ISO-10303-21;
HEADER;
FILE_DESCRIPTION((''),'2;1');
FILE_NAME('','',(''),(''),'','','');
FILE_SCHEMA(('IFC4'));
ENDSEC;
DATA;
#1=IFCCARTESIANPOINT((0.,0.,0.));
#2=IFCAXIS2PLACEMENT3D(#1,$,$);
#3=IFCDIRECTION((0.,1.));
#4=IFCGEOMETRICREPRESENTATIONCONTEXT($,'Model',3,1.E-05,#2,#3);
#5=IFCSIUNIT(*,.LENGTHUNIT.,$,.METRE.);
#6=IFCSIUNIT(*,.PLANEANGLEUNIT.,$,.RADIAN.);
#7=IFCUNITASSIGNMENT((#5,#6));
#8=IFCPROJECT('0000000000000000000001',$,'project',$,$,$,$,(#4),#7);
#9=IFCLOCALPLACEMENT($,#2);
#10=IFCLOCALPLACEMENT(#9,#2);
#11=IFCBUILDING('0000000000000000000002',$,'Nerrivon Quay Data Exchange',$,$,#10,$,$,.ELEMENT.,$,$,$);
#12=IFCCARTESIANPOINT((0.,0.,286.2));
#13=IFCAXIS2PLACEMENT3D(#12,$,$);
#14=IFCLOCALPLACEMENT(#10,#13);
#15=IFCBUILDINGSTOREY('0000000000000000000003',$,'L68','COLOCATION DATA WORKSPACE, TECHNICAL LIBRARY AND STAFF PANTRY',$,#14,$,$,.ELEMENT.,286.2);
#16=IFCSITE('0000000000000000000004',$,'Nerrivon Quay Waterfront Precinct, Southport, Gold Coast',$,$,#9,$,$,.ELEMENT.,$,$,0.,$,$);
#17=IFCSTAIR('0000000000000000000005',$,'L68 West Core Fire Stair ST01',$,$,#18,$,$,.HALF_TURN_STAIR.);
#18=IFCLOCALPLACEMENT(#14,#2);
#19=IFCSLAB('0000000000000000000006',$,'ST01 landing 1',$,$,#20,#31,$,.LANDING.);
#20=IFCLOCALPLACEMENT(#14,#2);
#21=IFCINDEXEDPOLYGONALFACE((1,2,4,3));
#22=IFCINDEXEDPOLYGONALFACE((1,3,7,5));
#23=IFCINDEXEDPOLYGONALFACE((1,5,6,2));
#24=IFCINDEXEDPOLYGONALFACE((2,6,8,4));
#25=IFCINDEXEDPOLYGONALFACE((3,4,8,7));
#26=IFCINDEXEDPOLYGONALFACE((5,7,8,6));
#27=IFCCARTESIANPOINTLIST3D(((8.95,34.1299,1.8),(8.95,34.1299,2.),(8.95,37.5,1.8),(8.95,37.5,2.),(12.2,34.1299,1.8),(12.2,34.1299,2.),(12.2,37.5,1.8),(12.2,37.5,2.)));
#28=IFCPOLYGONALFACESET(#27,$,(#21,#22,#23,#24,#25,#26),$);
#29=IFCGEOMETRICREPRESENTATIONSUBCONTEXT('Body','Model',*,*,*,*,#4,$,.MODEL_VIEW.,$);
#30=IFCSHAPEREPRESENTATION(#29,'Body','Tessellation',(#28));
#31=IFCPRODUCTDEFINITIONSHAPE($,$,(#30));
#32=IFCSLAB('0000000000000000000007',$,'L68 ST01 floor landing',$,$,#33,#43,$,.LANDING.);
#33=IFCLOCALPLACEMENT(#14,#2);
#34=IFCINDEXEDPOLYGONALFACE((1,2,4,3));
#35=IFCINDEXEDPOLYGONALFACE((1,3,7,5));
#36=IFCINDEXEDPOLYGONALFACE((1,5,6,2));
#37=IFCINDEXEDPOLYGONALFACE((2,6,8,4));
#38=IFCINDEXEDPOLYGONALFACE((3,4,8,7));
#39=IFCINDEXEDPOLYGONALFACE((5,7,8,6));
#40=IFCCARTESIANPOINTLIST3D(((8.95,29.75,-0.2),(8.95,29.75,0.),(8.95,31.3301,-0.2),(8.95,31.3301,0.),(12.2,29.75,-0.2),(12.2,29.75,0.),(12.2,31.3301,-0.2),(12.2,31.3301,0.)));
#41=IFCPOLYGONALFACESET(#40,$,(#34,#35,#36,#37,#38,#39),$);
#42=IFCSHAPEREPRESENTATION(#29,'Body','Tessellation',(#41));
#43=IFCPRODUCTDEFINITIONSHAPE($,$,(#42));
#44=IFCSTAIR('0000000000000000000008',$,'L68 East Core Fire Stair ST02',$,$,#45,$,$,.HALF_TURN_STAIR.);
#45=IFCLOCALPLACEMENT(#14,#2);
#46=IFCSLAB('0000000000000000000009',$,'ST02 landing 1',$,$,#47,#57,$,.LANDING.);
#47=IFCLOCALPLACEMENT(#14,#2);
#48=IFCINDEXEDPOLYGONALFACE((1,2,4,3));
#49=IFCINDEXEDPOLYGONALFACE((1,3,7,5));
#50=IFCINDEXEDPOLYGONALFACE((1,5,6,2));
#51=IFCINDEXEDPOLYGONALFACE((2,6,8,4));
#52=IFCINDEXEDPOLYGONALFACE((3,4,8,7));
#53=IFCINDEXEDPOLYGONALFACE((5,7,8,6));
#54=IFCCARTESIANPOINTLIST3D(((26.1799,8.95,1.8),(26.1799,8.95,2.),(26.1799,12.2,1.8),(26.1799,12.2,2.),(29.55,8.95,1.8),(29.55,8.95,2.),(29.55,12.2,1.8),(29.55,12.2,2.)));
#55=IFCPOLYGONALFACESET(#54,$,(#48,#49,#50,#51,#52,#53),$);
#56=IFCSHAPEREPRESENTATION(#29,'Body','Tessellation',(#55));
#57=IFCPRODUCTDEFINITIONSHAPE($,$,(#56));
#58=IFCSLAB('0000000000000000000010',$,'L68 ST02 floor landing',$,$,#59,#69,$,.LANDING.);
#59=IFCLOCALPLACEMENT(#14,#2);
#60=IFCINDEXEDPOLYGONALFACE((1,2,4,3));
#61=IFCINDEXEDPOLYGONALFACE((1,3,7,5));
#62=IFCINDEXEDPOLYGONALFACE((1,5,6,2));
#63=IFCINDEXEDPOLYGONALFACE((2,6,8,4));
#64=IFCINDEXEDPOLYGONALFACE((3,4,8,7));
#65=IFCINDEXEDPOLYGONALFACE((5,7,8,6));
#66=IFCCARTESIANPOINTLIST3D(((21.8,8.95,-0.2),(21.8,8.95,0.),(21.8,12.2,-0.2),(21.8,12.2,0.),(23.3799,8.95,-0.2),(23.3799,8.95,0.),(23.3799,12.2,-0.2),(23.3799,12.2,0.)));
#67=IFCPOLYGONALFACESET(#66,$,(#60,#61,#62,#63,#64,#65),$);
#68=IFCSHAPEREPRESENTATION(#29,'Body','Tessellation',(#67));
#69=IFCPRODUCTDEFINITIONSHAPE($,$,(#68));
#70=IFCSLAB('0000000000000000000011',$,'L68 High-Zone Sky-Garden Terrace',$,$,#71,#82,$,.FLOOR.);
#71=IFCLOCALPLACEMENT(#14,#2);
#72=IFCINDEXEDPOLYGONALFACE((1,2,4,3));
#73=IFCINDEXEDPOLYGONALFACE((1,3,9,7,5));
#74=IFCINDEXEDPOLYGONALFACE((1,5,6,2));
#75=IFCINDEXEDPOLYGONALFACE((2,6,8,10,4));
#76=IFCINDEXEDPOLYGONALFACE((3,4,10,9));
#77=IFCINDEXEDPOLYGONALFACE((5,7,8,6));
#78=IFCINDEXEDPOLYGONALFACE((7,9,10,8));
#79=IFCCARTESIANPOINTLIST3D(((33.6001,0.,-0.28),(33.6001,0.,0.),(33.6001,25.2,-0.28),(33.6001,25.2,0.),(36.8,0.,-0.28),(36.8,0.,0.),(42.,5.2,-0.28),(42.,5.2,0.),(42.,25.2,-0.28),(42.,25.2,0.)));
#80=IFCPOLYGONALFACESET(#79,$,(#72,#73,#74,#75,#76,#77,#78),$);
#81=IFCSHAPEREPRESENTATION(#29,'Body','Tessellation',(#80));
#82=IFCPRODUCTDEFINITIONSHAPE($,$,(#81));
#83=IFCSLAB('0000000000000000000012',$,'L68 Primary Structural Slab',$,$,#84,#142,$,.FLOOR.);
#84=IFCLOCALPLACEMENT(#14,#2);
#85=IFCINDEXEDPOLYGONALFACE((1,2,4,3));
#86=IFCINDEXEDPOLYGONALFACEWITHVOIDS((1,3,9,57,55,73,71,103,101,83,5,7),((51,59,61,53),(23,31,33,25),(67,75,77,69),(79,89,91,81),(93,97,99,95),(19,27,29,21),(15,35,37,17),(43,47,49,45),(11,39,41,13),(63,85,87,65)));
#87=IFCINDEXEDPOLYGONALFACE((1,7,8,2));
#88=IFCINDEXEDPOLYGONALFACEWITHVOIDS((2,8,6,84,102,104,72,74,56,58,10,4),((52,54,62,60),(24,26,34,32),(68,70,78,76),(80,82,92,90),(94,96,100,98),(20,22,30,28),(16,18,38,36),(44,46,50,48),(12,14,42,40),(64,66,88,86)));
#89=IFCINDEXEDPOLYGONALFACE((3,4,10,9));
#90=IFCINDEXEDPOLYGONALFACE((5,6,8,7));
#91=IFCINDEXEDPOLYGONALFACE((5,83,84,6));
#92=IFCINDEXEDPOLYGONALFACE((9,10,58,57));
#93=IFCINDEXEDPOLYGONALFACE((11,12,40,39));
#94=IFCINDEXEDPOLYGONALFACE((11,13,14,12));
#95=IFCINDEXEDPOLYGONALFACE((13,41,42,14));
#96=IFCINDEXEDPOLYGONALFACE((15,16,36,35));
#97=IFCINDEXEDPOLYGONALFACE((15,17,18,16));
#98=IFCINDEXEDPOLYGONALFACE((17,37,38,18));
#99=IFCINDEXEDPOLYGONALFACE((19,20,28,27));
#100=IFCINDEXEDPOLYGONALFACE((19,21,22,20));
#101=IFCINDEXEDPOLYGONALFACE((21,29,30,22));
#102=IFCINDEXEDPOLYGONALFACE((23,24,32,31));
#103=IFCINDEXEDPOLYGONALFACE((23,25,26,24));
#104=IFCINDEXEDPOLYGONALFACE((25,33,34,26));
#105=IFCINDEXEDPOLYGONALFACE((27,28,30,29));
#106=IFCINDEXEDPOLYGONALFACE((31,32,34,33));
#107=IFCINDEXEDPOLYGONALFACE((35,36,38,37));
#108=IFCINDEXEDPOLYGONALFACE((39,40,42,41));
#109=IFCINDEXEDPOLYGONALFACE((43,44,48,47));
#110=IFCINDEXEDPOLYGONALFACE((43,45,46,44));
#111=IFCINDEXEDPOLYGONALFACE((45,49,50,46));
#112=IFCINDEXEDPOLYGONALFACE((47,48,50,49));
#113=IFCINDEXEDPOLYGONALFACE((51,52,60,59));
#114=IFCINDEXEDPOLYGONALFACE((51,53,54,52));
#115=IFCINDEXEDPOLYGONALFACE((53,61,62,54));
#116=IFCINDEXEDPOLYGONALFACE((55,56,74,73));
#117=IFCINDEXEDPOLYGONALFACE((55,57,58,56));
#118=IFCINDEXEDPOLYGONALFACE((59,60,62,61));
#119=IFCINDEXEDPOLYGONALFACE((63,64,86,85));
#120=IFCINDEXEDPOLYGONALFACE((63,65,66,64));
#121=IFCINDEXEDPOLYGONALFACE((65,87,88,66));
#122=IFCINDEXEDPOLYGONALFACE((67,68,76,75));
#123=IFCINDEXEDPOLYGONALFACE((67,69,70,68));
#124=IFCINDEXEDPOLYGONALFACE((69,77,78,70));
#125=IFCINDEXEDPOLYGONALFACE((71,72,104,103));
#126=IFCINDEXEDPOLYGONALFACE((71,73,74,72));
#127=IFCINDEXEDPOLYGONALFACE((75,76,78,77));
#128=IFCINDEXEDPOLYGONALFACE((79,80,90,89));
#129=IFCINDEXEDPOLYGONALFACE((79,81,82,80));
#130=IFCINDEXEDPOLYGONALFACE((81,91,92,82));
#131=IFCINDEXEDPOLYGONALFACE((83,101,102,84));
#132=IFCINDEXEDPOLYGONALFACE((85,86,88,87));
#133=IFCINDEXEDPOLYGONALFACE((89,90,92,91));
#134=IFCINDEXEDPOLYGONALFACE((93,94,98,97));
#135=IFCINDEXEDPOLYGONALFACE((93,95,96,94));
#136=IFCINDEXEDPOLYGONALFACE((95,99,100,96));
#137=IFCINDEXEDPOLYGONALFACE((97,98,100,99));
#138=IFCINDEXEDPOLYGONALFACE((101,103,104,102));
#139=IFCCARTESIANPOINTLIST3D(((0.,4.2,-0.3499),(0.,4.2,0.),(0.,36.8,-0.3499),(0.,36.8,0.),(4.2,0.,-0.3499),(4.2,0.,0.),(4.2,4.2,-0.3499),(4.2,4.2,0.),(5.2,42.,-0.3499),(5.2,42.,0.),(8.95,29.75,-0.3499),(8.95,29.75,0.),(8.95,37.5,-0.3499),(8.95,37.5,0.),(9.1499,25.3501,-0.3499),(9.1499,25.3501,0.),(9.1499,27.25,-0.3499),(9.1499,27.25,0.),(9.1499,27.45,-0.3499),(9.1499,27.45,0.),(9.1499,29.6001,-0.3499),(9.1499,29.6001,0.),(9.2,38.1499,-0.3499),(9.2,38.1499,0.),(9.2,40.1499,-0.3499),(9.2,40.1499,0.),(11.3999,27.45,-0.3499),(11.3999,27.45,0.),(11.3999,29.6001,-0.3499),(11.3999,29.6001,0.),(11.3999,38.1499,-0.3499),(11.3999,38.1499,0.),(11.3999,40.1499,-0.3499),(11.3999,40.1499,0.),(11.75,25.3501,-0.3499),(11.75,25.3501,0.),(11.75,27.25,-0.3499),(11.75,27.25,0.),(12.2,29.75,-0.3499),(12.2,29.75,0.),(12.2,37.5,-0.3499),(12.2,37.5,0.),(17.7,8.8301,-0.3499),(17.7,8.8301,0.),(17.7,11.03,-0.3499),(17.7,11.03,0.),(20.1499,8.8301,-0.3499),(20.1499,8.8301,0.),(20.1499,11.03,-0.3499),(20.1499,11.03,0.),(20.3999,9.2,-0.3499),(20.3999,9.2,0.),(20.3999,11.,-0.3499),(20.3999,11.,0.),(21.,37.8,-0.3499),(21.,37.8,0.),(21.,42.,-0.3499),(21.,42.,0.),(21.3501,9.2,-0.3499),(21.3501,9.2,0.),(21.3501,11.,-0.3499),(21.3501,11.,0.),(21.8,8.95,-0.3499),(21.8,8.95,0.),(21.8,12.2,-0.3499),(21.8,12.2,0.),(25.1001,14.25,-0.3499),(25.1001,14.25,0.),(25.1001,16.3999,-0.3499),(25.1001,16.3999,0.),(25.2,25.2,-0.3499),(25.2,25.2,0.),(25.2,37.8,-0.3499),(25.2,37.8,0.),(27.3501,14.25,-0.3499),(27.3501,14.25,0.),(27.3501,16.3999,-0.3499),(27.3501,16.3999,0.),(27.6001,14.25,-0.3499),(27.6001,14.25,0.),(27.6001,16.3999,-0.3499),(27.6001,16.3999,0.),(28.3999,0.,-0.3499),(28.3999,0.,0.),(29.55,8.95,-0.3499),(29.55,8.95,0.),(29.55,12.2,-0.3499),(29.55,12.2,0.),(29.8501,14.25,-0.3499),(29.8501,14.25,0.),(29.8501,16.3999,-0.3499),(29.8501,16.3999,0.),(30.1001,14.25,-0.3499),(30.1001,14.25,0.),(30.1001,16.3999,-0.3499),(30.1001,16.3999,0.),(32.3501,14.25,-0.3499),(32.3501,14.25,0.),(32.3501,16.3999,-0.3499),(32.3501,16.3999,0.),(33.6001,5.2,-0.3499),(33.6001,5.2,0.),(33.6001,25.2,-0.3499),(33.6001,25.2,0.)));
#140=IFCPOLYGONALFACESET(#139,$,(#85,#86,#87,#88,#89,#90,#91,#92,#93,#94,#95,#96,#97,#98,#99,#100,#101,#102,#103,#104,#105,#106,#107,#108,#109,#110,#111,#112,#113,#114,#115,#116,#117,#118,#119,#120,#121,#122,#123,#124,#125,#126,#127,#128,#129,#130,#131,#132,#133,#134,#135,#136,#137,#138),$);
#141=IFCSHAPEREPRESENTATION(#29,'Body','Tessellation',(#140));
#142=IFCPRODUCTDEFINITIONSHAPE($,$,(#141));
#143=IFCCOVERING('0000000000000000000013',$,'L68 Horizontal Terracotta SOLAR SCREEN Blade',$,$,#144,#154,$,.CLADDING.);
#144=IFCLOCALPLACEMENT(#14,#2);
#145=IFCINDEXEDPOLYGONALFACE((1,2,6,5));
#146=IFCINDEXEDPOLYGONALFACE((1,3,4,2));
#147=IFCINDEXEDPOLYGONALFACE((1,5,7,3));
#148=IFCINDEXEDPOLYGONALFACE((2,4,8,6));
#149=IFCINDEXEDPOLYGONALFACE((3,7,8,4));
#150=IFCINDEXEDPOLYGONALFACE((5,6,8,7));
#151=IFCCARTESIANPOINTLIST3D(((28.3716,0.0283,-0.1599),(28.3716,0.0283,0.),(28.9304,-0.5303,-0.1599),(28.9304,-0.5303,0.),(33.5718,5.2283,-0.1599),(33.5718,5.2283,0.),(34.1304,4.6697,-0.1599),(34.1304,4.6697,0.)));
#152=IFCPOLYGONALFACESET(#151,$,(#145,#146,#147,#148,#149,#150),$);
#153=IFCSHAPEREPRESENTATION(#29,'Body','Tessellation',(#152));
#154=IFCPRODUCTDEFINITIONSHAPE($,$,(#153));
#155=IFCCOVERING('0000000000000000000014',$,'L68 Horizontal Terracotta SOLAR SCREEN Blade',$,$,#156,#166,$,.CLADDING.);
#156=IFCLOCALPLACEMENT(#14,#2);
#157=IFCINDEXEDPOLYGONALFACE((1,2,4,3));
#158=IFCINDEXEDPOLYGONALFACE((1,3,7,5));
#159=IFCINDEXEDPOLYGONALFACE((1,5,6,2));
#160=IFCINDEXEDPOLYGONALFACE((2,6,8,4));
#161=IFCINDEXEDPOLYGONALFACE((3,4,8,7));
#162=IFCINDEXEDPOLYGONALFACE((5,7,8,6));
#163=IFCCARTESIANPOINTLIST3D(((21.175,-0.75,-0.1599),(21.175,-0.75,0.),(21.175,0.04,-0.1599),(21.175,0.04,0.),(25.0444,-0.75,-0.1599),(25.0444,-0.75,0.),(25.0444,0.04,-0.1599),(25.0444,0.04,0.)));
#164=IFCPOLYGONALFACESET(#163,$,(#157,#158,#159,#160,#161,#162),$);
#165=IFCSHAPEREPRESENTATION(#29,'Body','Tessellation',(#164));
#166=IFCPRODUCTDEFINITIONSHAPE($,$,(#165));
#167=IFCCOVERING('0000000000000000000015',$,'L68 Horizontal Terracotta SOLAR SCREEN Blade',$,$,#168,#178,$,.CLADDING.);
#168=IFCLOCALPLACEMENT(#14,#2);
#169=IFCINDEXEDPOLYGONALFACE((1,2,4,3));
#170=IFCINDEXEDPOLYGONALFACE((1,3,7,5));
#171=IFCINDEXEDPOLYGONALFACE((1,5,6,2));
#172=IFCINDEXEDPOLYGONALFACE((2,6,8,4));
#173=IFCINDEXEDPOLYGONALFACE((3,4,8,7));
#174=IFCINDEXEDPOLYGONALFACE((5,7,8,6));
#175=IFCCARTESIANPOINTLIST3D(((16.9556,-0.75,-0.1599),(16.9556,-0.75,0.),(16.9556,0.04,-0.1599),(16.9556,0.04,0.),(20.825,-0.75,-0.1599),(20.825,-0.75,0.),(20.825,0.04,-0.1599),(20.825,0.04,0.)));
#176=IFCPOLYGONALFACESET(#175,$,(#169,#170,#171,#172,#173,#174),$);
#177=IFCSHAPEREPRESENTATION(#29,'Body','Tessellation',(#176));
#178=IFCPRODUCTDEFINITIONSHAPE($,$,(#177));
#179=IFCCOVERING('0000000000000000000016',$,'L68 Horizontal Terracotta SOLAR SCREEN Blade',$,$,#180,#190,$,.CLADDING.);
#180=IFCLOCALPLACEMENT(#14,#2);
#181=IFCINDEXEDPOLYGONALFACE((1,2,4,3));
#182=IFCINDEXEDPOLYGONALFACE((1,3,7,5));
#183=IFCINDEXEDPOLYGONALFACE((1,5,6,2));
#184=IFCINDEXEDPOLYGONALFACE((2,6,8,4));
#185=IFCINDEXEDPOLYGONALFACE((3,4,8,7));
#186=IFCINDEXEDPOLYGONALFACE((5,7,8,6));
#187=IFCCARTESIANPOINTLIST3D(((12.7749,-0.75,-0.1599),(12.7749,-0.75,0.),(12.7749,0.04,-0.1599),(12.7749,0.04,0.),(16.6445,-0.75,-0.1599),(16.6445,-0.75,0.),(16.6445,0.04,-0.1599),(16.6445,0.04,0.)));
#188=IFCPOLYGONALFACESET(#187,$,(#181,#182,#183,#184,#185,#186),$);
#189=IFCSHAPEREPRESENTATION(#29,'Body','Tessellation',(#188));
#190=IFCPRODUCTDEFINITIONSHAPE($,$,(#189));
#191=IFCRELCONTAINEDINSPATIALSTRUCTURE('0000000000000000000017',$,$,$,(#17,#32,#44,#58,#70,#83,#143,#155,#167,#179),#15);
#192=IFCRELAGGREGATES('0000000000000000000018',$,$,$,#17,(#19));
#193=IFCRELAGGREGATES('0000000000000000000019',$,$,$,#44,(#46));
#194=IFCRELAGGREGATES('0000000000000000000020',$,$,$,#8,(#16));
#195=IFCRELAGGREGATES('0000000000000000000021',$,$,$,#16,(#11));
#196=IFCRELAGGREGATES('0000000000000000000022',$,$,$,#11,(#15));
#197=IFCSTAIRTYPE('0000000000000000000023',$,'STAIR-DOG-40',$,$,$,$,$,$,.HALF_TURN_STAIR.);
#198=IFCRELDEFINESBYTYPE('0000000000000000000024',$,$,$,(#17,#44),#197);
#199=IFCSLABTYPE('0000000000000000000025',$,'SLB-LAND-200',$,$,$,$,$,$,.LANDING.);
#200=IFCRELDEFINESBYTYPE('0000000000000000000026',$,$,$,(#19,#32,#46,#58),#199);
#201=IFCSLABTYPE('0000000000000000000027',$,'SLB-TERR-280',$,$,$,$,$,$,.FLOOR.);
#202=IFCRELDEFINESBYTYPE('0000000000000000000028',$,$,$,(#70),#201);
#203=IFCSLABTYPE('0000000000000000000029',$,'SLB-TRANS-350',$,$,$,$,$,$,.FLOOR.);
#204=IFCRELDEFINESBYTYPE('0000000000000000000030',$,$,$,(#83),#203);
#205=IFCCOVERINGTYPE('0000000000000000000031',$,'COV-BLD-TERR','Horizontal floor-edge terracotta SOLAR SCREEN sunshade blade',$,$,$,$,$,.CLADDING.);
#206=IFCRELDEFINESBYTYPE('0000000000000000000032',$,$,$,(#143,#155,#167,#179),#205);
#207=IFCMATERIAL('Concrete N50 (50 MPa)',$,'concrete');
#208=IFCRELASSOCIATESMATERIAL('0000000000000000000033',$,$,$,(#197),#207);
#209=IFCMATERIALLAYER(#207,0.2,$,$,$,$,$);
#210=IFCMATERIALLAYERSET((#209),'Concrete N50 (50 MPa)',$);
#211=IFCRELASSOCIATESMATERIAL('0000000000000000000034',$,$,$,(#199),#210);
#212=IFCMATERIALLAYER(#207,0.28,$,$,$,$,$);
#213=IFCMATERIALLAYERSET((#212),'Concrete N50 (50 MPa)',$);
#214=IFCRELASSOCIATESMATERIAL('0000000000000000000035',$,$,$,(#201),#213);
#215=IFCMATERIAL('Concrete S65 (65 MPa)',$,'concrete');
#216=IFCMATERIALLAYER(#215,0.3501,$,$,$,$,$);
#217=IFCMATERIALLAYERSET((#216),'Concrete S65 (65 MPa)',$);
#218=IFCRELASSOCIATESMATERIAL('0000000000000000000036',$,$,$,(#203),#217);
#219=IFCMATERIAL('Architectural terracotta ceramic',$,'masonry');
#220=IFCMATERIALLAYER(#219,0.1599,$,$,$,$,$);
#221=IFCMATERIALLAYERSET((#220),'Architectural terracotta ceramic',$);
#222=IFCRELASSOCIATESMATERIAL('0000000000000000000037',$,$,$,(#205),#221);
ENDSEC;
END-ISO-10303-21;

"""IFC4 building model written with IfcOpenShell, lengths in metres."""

from ifc_helpers import new_model, si_unit, direction, frame, origin, place, context, subcontext, project, spatial, polyline, outline, extrude, material, layer, layer_set, type_object, element, aggregate, save


model = new_model("IFC4")

# Units and contexts
model_context = context("Model", 3, precision=1e-05, world=origin(), true_north=direction((0.0, 1.0)))
body_context = subcontext(model_context, "Body", "Model", "MODEL_VIEW")
ifc_project = project(units=[si_unit("LENGTHUNIT", "METRE"), si_unit("PLANEANGLEUNIT", "RADIAN")], contexts=[model_context])

# Site, building, storey
site_placement = place(None, origin())
site = spatial("IfcSite", under=ifc_project, at=site_placement, Name="Nerrivon Quay Waterfront Precinct, Southport, Gold Coast", CompositionType="ELEMENT", RefElevation=0.0)
building_placement = place(site_placement, origin())
building = spatial("IfcBuilding", under=site, at=building_placement, Name="Nerrivon Quay Data Exchange", CompositionType="ELEMENT")
storey_placement = place(building_placement, frame((0.0, 0.0, 286.2)))
storey = spatial("IfcBuildingStorey", under=building, at=storey_placement, Name="L68", Description="COLOCATION DATA WORKSPACE, TECHNICAL LIBRARY AND STAFF PANTRY", CompositionType="ELEMENT", Elevation=286.2)

# Stair, slab
ifc_material_1 = material(Name="Concrete N50 (50 MPa)", Category="concrete")
stair_type = type_object("IfcStairType", Name="STAIR-DOG-40", PredefinedType="HALF_TURN_STAIR", material=ifc_material_1)
stair_1_placement = place(storey_placement, origin())
stair_1 = element("IfcStair", 1, at=stair_1_placement, inside=storey, type_object=stair_type, Name="L68 West Core Fire Stair ST01", PredefinedType="HALF_TURN_STAIR")
ifc_layer_1 = layer(ifc_material_1, 0.2)
ifc_layer_set_1 = layer_set([ifc_layer_1], Name="Concrete N50 (50 MPa)")
slab_type_1 = type_object("IfcSlabType", Name="SLB-LAND-200", PredefinedType="LANDING", material=ifc_layer_set_1)
slab_1_placement = place(storey_placement, frame((0.0, 0.0, 1.8)))
slab_1 = element("IfcSlab", 2, at=slab_1_placement, type_object=slab_type_1, Name="ST01 landing 1", PredefinedType="LANDING", context=body_context, shape_type="SweptSolid", body=[
    extrude(outline(polyline([(12.2, 34.1299), (12.2, 37.5), (8.95, 37.5), (8.95, 34.1299), (12.2, 34.1299)])), origin(), (0.0, 0.0, 1.0), 0.2),
])
aggregate(stair_1, [slab_1])

# Slab
slab_2_placement = place(storey_placement, frame((0.0, 0.0, -0.2)))
element("IfcSlab", 3, at=slab_2_placement, inside=storey, type_object=slab_type_1, Name="L68 ST01 floor landing", PredefinedType="LANDING", context=body_context, shape_type="SweptSolid", body=[
    extrude(outline(polyline([(12.2, 29.75), (12.2, 31.3301), (8.95, 31.3301), (8.95, 29.75), (12.2, 29.75)])), origin(), (0.0, 0.0, 1.0), 0.2),
])

# Stair, slab
stair_2_placement = place(storey_placement, origin())
stair_2 = element("IfcStair", 4, at=stair_2_placement, inside=storey, type_object=stair_type, Name="L68 East Core Fire Stair ST02", PredefinedType="HALF_TURN_STAIR")
slab_3_placement = place(storey_placement, frame((0.0, 0.0, 1.8)))
slab_3 = element("IfcSlab", 5, at=slab_3_placement, type_object=slab_type_1, Name="ST02 landing 1", PredefinedType="LANDING", context=body_context, shape_type="SweptSolid", body=[
    extrude(outline(polyline([(26.1799, 8.95), (29.55, 8.95), (29.55, 12.2), (26.1799, 12.2), (26.1799, 8.95)])), origin(), (0.0, 0.0, 1.0), 0.2),
])
aggregate(stair_2, [slab_3])

# Slabs
slab_4_placement = place(storey_placement, frame((0.0, 0.0, -0.2)))
element("IfcSlab", 6, at=slab_4_placement, inside=storey, type_object=slab_type_1, Name="L68 ST02 floor landing", PredefinedType="LANDING", context=body_context, shape_type="SweptSolid", body=[
    extrude(outline(polyline([(21.8, 8.95), (23.3799, 8.95), (23.3799, 12.2), (21.8, 12.2), (21.8, 8.95)])), origin(), (0.0, 0.0, 1.0), 0.2),
])
ifc_layer_2 = layer(ifc_material_1, 0.28)
ifc_layer_set_2 = layer_set([ifc_layer_2], Name="Concrete N50 (50 MPa)")
slab_type_2 = type_object("IfcSlabType", Name="SLB-TERR-280", PredefinedType="FLOOR", material=ifc_layer_set_2)
slab_5_placement = place(storey_placement, frame((0.0, 0.0, -0.28)))
element("IfcSlab", 7, at=slab_5_placement, inside=storey, type_object=slab_type_2, Name="L68 High-Zone Sky-Garden Terrace", PredefinedType="FLOOR", context=body_context, shape_type="SweptSolid", body=[
    extrude(outline(polyline([(42.0, 25.2), (33.6001, 25.2), (33.6001, 0.0), (36.8, 0.0), (42.0, 5.2), (42.0, 25.2)])), origin(), (0.0, 0.0, 1.0), 0.28),
])
ifc_material_2 = material(Name="Concrete S65 (65 MPa)", Category="concrete")
ifc_layer_3 = layer(ifc_material_2, 0.3501)
ifc_layer_set_3 = layer_set([ifc_layer_3], Name="Concrete S65 (65 MPa)")
slab_type_3 = type_object("IfcSlabType", Name="SLB-TRANS-350", PredefinedType="FLOOR", material=ifc_layer_set_3)
slab_6_placement = place(storey_placement, frame((0.0, 0.0, -0.3499)))
element("IfcSlab", 8, at=slab_6_placement, inside=storey, type_object=slab_type_3, Name="L68 Primary Structural Slab", PredefinedType="FLOOR", context=body_context, shape_type="SweptSolid", body=[
    extrude(outline(polyline([(33.6001, 25.2), (25.2, 25.2), (25.2, 37.8), (21.0, 37.8), (21.0, 42.0), (5.2, 42.0), (0.0, 36.8), (0.0, 4.2), (4.2, 4.2), (4.2, 0.0), (28.3999, 0.0), (33.6001, 5.2), (33.6001, 25.2)]), holes=[polyline([(8.95, 29.75), (8.95, 37.5), (12.2, 37.5), (12.2, 29.75), (8.95, 29.75)]), polyline([(21.8, 12.2), (29.55, 12.2), (29.55, 8.95), (21.8, 8.95), (21.8, 12.2)]), polyline([(30.1001, 14.25), (30.1001, 16.3999), (32.3501, 16.3999), (32.3501, 14.25), (30.1001, 14.25)]), polyline([(27.6001, 14.25), (27.6001, 16.3999), (29.8501, 16.3999), (29.8501, 14.25), (27.6001, 14.25)]), polyline([(25.1001, 14.25), (25.1001, 16.3999), (27.3501, 16.3999), (27.3501, 14.25), (25.1001, 14.25)]), polyline([(20.3999, 9.2), (20.3999, 11.0), (21.3501, 11.0), (21.3501, 9.2), (20.3999, 9.2)]), polyline([(17.7, 8.8301), (17.7, 11.03), (20.1499, 11.03), (20.1499, 8.8301), (17.7, 8.8301)]), polyline([(9.1499, 25.3501), (9.1499, 27.25), (11.75, 27.25), (11.75, 25.3501), (9.1499, 25.3501)]), polyline([(9.1499, 27.45), (9.1499, 29.6001), (11.3999, 29.6001), (11.3999, 27.45), (9.1499, 27.45)]), polyline([(9.2, 38.1499), (9.2, 40.1499), (11.3999, 40.1499), (11.3999, 38.1499), (9.2, 38.1499)])]), origin(), (0.0, 0.0, 1.0), 0.3499),
])

# Coverings
ifc_material_3 = material(Name="Architectural terracotta ceramic", Category="masonry")
ifc_layer_4 = layer(ifc_material_3, 0.1599)
ifc_layer_set_4 = layer_set([ifc_layer_4], Name="Architectural terracotta ceramic")
covering_type = type_object("IfcCoveringType", Name="COV-BLD-TERR", Description="Horizontal floor-edge terracotta SOLAR SCREEN sunshade blade", PredefinedType="CLADDING", material=ifc_layer_set_4)
covering_1_placement = place(storey_placement, frame((0.0, 0.0, -0.1599)))
element("IfcCovering", 9, at=covering_1_placement, inside=storey, type_object=covering_type, Name="L68 Horizontal Terracotta SOLAR SCREEN Blade", PredefinedType="CLADDING", context=body_context, shape_type="SweptSolid", body=[
    extrude(outline(polyline([(33.5718, 5.2283), (28.3716, 0.0283), (28.9304, -0.5303), (34.1304, 4.6697), (33.5718, 5.2283)])), origin(), (0.0, 0.0, 1.0), 0.1599),
])
covering_2_placement = place(storey_placement, frame((0.0, 0.0, -0.1599)))
element("IfcCovering", 10, at=covering_2_placement, inside=storey, type_object=covering_type, Name="L68 Horizontal Terracotta SOLAR SCREEN Blade", PredefinedType="CLADDING", context=body_context, shape_type="SweptSolid", body=[
    extrude(outline(polyline([(25.0444, 0.04), (21.175, 0.04), (21.175, -0.75), (25.0444, -0.75), (25.0444, 0.04)])), origin(), (0.0, 0.0, 1.0), 0.1599),
])
covering_3_placement = place(storey_placement, frame((0.0, 0.0, -0.1599)))
element("IfcCovering", 11, at=covering_3_placement, inside=storey, type_object=covering_type, Name="L68 Horizontal Terracotta SOLAR SCREEN Blade", PredefinedType="CLADDING", context=body_context, shape_type="SweptSolid", body=[
    extrude(outline(polyline([(20.825, 0.04), (16.9556, 0.04), (16.9556, -0.75), (20.825, -0.75), (20.825, 0.04)])), origin(), (0.0, 0.0, 1.0), 0.1599),
])
covering_4_placement = place(storey_placement, frame((0.0, 0.0, -0.1599)))
element("IfcCovering", 12, at=covering_4_placement, inside=storey, type_object=covering_type, Name="L68 Horizontal Terracotta SOLAR SCREEN Blade", PredefinedType="CLADDING", context=body_context, shape_type="SweptSolid", body=[
    extrude(outline(polyline([(16.6445, 0.04), (12.7749, 0.04), (12.7749, -0.75), (16.6445, -0.75), (16.6445, 0.04)])), origin(), (0.0, 0.0, 1.0), 0.1599),
])

save(model, "model.ifc")
